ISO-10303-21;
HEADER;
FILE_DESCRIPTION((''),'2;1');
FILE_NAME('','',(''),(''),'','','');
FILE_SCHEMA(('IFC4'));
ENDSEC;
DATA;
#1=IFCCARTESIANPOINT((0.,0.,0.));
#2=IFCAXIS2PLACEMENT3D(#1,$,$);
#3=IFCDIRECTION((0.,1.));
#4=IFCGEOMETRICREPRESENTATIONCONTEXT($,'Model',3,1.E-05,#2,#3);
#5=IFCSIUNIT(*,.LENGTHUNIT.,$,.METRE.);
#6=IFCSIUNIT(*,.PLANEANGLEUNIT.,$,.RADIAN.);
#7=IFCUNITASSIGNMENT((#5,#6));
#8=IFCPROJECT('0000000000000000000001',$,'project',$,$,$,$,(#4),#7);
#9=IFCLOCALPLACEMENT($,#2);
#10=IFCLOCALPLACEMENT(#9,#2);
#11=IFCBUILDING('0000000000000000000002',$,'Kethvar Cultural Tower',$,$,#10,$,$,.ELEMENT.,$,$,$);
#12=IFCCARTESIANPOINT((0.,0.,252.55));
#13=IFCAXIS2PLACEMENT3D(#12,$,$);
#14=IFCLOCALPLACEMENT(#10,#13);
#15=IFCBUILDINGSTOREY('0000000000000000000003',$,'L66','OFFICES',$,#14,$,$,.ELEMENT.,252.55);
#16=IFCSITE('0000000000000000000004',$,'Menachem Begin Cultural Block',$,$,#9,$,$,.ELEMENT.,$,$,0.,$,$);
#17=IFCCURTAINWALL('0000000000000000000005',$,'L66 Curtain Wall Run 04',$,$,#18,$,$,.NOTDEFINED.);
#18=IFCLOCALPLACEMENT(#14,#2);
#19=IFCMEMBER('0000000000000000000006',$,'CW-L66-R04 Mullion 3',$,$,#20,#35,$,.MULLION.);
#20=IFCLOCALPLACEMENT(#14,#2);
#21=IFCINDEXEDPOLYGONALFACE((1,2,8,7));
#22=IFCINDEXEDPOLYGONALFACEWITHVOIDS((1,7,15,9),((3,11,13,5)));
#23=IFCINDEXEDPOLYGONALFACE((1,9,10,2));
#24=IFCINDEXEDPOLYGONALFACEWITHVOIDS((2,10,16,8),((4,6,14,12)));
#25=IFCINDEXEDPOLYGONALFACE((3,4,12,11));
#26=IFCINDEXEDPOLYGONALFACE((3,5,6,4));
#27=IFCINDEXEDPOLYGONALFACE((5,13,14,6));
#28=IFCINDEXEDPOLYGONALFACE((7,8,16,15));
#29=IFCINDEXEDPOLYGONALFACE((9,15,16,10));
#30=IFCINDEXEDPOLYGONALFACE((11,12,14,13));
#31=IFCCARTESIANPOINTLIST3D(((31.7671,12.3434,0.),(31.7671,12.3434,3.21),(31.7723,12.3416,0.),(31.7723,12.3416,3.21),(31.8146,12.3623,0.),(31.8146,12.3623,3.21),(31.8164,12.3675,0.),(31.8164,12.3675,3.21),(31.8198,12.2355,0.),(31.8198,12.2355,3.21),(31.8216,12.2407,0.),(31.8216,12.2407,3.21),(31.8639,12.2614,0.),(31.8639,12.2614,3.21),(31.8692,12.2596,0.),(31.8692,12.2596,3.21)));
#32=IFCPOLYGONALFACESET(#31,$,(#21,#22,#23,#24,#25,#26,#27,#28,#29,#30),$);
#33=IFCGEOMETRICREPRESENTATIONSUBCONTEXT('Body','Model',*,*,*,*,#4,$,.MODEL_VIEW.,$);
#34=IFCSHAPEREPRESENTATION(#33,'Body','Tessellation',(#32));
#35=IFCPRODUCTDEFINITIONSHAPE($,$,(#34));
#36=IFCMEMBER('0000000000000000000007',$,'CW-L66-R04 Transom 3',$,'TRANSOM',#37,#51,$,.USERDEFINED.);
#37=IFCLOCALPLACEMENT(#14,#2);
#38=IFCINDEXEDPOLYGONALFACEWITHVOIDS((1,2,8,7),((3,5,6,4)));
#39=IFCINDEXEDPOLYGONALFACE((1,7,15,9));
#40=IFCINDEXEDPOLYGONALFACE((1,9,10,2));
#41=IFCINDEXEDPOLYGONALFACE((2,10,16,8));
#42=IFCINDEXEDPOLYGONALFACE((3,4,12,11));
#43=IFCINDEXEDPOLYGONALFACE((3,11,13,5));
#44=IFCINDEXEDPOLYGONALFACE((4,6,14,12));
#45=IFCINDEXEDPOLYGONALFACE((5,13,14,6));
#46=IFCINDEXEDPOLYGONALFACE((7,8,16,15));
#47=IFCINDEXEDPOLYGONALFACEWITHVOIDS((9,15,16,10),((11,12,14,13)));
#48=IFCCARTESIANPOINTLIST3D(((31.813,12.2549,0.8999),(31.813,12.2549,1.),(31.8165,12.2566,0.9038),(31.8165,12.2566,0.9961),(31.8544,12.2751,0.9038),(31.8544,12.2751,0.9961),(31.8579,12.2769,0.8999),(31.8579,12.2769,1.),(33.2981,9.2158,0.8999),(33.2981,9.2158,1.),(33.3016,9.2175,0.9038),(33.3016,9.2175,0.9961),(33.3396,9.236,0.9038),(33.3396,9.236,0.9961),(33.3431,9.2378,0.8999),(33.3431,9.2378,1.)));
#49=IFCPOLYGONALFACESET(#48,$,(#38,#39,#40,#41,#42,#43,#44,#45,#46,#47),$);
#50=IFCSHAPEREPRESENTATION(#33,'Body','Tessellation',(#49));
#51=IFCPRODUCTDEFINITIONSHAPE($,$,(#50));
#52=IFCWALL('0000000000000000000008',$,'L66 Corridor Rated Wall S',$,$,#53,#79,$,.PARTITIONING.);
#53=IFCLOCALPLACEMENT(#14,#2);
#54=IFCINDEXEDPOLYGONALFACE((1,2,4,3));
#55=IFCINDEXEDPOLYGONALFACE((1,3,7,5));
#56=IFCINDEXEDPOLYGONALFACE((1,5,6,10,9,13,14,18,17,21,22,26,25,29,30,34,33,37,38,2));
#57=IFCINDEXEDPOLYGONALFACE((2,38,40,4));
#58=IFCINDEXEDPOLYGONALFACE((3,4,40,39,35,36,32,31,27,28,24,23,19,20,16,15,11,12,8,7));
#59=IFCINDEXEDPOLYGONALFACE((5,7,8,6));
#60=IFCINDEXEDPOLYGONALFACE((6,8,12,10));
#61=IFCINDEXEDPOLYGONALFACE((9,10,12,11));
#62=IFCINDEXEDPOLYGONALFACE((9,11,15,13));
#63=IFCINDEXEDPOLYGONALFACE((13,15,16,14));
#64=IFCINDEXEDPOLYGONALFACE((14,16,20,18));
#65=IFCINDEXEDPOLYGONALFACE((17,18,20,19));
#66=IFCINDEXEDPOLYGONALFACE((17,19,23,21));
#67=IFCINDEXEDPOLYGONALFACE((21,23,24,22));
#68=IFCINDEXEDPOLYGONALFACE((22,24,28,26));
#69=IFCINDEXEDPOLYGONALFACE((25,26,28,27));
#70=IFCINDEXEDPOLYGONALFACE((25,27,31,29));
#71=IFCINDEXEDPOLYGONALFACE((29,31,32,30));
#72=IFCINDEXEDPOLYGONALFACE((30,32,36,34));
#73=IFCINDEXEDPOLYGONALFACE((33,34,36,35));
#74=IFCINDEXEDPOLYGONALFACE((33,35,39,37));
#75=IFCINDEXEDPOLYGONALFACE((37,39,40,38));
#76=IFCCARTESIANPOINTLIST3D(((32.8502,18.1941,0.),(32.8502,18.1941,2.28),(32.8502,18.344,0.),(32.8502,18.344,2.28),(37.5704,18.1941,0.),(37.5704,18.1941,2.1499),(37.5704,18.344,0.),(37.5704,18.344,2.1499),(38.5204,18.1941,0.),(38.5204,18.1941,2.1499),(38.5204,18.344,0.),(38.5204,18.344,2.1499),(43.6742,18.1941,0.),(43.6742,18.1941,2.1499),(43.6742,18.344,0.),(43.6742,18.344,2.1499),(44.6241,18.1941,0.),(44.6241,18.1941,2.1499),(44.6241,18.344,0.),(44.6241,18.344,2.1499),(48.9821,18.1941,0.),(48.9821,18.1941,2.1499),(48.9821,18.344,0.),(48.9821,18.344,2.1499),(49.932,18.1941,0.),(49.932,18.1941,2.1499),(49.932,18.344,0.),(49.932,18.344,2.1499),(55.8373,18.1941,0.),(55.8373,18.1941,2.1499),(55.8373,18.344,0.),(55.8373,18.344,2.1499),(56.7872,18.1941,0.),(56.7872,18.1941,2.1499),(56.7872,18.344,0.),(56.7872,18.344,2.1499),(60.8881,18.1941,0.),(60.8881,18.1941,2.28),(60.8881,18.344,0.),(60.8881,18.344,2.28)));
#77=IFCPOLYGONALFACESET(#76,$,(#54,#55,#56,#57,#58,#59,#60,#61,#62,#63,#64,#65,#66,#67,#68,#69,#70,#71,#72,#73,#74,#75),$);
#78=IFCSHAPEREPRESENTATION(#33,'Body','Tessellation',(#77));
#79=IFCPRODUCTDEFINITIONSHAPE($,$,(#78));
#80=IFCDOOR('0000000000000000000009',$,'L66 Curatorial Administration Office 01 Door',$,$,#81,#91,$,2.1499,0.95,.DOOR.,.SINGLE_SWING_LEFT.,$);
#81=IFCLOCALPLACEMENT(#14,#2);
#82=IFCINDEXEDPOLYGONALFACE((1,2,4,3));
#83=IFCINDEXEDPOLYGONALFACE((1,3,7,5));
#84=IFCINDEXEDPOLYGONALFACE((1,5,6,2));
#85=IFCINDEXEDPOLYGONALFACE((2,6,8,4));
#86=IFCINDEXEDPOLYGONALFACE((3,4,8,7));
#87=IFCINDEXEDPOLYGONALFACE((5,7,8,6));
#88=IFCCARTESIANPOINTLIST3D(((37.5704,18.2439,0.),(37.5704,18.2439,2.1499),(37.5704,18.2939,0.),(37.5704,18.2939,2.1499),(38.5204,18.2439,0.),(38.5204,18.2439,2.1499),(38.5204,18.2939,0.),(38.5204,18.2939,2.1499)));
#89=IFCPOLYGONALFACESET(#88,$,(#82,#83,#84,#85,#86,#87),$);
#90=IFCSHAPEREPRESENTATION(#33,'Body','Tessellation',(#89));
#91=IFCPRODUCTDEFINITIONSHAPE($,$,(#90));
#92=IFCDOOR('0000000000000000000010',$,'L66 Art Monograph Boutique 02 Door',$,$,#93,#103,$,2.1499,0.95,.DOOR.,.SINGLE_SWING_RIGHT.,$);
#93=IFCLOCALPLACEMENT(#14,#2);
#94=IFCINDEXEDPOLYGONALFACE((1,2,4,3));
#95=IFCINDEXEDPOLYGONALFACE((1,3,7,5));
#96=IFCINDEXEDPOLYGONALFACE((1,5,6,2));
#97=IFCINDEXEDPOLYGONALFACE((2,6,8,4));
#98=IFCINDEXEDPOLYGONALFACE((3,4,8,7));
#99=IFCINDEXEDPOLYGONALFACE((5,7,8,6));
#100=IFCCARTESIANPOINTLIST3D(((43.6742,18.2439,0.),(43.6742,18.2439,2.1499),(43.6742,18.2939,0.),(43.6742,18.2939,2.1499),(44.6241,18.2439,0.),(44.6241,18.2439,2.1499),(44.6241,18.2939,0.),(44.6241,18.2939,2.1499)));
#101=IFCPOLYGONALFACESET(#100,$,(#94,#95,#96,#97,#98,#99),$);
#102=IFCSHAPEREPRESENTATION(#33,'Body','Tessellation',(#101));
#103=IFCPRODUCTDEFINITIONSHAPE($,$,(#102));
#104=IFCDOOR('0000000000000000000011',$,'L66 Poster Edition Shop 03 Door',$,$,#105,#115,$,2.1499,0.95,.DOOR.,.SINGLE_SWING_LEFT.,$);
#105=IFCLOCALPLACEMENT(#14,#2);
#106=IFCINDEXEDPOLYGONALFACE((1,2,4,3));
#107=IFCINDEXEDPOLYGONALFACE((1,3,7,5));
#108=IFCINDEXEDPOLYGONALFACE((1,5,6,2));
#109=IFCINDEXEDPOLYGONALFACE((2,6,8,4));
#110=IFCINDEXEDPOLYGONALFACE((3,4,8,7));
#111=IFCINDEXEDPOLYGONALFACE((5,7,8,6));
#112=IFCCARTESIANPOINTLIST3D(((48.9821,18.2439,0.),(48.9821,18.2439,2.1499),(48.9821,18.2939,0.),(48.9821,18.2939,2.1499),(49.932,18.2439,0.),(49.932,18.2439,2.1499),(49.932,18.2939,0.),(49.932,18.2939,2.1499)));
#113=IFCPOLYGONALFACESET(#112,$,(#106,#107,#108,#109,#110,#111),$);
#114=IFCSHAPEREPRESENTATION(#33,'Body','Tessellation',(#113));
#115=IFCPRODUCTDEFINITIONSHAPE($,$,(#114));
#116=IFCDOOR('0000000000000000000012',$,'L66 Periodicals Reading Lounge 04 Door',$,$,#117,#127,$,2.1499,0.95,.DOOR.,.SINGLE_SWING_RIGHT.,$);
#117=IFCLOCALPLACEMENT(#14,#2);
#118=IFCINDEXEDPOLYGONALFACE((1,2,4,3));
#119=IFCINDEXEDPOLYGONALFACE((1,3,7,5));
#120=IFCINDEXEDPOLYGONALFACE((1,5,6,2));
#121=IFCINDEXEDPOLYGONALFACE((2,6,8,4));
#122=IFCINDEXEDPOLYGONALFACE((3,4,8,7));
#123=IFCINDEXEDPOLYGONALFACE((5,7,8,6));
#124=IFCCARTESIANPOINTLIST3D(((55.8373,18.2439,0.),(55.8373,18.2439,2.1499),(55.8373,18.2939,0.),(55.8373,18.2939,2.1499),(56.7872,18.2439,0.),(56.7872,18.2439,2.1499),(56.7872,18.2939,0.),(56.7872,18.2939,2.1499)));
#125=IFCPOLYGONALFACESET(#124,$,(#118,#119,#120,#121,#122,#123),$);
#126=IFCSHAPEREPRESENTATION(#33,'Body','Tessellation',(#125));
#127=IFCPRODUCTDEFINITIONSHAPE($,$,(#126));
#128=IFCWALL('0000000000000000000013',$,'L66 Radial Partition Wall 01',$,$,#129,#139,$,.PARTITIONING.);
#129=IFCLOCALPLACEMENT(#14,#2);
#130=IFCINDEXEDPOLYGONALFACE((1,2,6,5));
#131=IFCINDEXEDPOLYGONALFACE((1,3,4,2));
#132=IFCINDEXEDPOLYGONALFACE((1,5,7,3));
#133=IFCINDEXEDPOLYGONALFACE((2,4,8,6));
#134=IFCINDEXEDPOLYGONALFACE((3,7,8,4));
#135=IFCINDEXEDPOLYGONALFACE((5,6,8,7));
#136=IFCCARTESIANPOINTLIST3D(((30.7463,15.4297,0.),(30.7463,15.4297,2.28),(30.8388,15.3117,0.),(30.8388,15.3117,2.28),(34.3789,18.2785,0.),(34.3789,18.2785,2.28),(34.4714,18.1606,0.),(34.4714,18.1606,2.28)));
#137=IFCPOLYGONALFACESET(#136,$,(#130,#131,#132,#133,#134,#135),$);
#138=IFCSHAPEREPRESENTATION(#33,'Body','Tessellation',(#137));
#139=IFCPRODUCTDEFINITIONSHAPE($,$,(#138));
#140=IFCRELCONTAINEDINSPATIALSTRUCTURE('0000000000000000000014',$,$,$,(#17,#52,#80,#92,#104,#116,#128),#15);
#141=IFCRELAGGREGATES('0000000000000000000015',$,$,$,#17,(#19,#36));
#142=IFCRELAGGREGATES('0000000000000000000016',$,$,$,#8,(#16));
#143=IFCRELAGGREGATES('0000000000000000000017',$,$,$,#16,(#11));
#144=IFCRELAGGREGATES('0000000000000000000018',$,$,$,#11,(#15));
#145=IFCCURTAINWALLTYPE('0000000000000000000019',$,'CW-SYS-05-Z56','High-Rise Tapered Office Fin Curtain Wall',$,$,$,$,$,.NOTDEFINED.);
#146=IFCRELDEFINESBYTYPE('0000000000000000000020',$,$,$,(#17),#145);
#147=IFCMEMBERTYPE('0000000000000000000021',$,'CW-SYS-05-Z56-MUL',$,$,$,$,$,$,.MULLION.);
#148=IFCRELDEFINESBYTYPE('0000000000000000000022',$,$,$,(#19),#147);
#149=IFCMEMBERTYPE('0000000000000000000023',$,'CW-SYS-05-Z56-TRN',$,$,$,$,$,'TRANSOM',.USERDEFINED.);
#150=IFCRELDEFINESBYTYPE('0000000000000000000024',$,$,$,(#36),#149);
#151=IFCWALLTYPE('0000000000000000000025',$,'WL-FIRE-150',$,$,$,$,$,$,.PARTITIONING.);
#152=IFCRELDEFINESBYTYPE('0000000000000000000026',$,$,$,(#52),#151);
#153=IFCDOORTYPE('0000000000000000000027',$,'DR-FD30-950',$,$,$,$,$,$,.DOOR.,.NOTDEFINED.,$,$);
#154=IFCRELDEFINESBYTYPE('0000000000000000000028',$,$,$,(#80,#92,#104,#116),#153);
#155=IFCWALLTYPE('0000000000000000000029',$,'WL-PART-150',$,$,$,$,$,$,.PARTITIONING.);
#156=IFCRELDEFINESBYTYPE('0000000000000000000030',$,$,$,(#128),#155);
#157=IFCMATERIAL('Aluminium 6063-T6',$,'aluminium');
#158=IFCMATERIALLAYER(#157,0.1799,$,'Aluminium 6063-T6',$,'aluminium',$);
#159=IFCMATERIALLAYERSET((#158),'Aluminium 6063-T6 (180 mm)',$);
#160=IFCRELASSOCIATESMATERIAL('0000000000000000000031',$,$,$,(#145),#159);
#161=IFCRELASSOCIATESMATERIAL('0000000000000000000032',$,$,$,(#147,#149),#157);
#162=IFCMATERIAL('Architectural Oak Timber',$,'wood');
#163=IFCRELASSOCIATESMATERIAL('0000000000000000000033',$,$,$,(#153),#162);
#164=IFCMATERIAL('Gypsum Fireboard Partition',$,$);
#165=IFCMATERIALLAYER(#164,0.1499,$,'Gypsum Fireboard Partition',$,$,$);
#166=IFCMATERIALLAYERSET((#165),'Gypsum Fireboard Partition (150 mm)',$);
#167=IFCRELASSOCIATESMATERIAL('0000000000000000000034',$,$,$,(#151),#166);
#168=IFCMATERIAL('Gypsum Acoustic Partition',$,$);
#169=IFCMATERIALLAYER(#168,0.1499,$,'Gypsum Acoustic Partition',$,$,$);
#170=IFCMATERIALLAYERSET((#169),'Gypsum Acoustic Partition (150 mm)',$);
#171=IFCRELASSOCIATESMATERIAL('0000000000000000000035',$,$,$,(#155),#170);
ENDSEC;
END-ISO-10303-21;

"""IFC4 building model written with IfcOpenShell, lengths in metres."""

from ifc_helpers import new_model, si_unit, direction, frame, frame_2d, origin, origin_2d, place, context, subcontext, project, spatial, rectangle, hollow_rectangle, extrude, source, transform, mapped, material, layer, layer_set, material_profile, profile_set, type_object, element, fill, aggregate, save


model = new_model("IFC4")

# Units and contexts
model_context = context("Model", 3, precision=1e-05, world=origin(), true_north=direction((0.0, 1.0)))
body_context = subcontext(model_context, "Body", "Model", "MODEL_VIEW")
ifc_project = project(units=[si_unit("LENGTHUNIT", "METRE"), si_unit("PLANEANGLEUNIT", "RADIAN")], contexts=[model_context])

# Site, building, storey
site_placement = place(None, origin())
site = spatial("IfcSite", under=ifc_project, at=site_placement, Name="Menachem Begin Cultural Block", CompositionType="ELEMENT", RefElevation=0.0)
building_placement = place(site_placement, origin())
building = spatial("IfcBuilding", under=site, at=building_placement, Name="Kethvar Cultural Tower", CompositionType="ELEMENT")
storey_placement = place(building_placement, frame((0.0, 0.0, 252.55)))
storey = spatial("IfcBuildingStorey", under=building, at=storey_placement, Name="L66", Description="OFFICES", CompositionType="ELEMENT", Elevation=252.55)

# Curtain wall, members
ifc_material_1 = material(Name="Aluminium 6063-T6", Category="aluminium")
ifc_layer_1 = layer(ifc_material_1, 0.1799, Name="Aluminium 6063-T6", Category="aluminium")
ifc_layer_set_1 = layer_set([ifc_layer_1], Name="Aluminium 6063-T6 (180 mm)")
curtain_wall_type = type_object("IfcCurtainWallType", Name="CW-SYS-05-Z56", Description="High-Rise Tapered Office Fin Curtain Wall", PredefinedType="NOTDEFINED", material=ifc_layer_set_1)
curtain_wall_placement = place(storey_placement, origin())
curtain_wall = element("IfcCurtainWall", 1, at=curtain_wall_placement, inside=storey, type_object=curtain_wall_type, Name="L66 Curtain Wall Run 04", PredefinedType="NOTDEFINED")
ifc_material_profile_1 = material_profile(ifc_material_1, hollow_rectangle(XDim=0.0549, YDim=0.1201, WallThickness=0.0039, at=origin_2d()), Name="Aluminium 6063-T6 — RHS120x55x4")
ifc_profile_set_1 = profile_set([ifc_material_profile_1], Name="Aluminium 6063-T6 — RHS120x55x4")
member_type_1 = type_object("IfcMemberType", Name="CW-SYS-05-Z56-MUL", PredefinedType="MULLION", material=ifc_profile_set_1)
shared_shape_1 = source(origin(), body_context, "Body", "SweptSolid", [
    extrude(hollow_rectangle(XDim=0.0549, YDim=0.1201, WallThickness=0.0039, at=origin_2d()), origin(), (0.0, 0.0, 1.0), 3.21),
])
member_1_placement = place(storey_placement, frame((31.8181, 12.3015, 0.0), z_axis=(0.0, 0.0, 1.0), x_axis=(0.898488, 0.438999, 0.0)))
member_1 = element("IfcMember", 2, at=member_1_placement, type_object=member_type_1, Name="CW-L66-R04 Mullion 3", PredefinedType="MULLION", context=body_context, shape_type="MappedRepresentation", body=[
    mapped(shared_shape_1, transform((0.0, 0.0, 0.0), scale=1.0)),
])
ifc_material_profile_2 = material_profile(ifc_material_1, hollow_rectangle(XDim=0.05, YDim=0.1001, WallThickness=0.0039, at=origin_2d()), Name="Aluminium 6063-T6 — RHS100x50x4")
ifc_profile_set_2 = profile_set([ifc_material_profile_2], Name="Aluminium 6063-T6 — RHS100x50x4")
member_type_2 = type_object("IfcMemberType", Name="CW-SYS-05-Z56-TRN", ElementType="TRANSOM", PredefinedType="USERDEFINED", material=ifc_profile_set_2)
shared_shape_2 = source(origin(), body_context, "Body", "SweptSolid", [
    extrude(hollow_rectangle(XDim=0.05, YDim=0.1001, WallThickness=0.0039, at=origin_2d()), origin(), (0.0, 0.0, 1.0), 3.3826),
])
member_2_placement = place(storey_placement, frame((31.8354, 12.2659, 0.95), z_axis=(0.439053, -0.898461, 0.0), x_axis=(0.898461, 0.439053, 0.0)))
member_2 = element("IfcMember", 3, at=member_2_placement, type_object=member_type_2, Name="CW-L66-R04 Transom 3", ObjectType="TRANSOM", PredefinedType="USERDEFINED", context=body_context, shape_type="MappedRepresentation", body=[
    mapped(shared_shape_2, transform((0.0, 0.0, 0.0), scale=1.0)),
])
aggregate(curtain_wall, [member_1, member_2])

# Wall, openings, doors
ifc_material_2 = material(Name="Architectural Oak Timber", Category="wood")
door_type_1 = type_object("IfcDoorType", Name="DR-FD30-950", OperationType="NOTDEFINED", PredefinedType="DOOR", material=ifc_material_2)
shared_shape_3 = source(origin(), body_context, "Body", "SweptSolid", [
    extrude(rectangle(XDim=0.95, YDim=2.1499, at=frame_2d((0.4751, 1.075))), frame((0.0, 0.0249, 0.0), z_axis=(0.0, -1.0, 0.0), x_axis=(1.0, 0.0, 0.0)), (0.0, 0.0, 1.0), 0.05),
])
ifc_material_3 = material(Name="Gypsum Fireboard Partition")
ifc_layer_2 = layer(ifc_material_3, 0.1499, Name="Gypsum Fireboard Partition")
ifc_layer_set_2 = layer_set([ifc_layer_2], Name="Gypsum Fireboard Partition (150 mm)")
wall_type_1 = type_object("IfcWallType", Name="WL-FIRE-150", PredefinedType="PARTITIONING", material=ifc_layer_set_2)
wall_1_placement = place(storey_placement, frame((32.8501, 18.269, 0.0), z_axis=(0.0, 0.0, 1.0), x_axis=(1.0, 0.0, 0.0)))
wall_1 = element("IfcWall", 4, at=wall_1_placement, inside=storey, type_object=wall_type_1, Name="L66 Corridor Rated Wall S", PredefinedType="PARTITIONING", context=body_context, shape_type="SweptSolid", body=[
    extrude(rectangle(XDim=28.0378, YDim=0.1499, at=frame_2d((14.019, 0.0))), origin(), (0.0, 0.0, 1.0), 2.28),
])
opening_1_placement = place(wall_1_placement, frame((4.7202, 0.0, 0.0)))
opening_1 = element("IfcOpeningElement", 5, at=opening_1_placement, cuts=wall_1, PredefinedType="OPENING", context=body_context, shape_type="SweptSolid", body=[
    extrude(rectangle(XDim=0.95, YDim=2.1499, at=frame_2d((0.4751, 1.075))), frame((0.0, 0.085, 0.0), z_axis=(0.0, -1.0, 0.0), x_axis=(1.0, 0.0, 0.0)), (0.0, 0.0, 1.0), 0.1699),
])
opening_2_placement = place(wall_1_placement, frame((10.824, 0.0, 0.0)))
opening_2 = element("IfcOpeningElement", 6, at=opening_2_placement, cuts=wall_1, PredefinedType="OPENING", context=body_context, shape_type="SweptSolid", body=[
    extrude(rectangle(XDim=0.95, YDim=2.1499, at=frame_2d((0.4751, 1.075))), frame((0.0, 0.085, 0.0), z_axis=(0.0, -1.0, 0.0), x_axis=(1.0, 0.0, 0.0)), (0.0, 0.0, 1.0), 0.1699),
])
opening_3_placement = place(wall_1_placement, frame((16.1318, 0.0, 0.0)))
opening_3 = element("IfcOpeningElement", 7, at=opening_3_placement, cuts=wall_1, PredefinedType="OPENING", context=body_context, shape_type="SweptSolid", body=[
    extrude(rectangle(XDim=0.95, YDim=2.1499, at=frame_2d((0.4751, 1.075))), frame((0.0, 0.085, 0.0), z_axis=(0.0, -1.0, 0.0), x_axis=(1.0, 0.0, 0.0)), (0.0, 0.0, 1.0), 0.1699),
])
opening_4_placement = place(wall_1_placement, frame((22.9871, 0.0, 0.0)))
opening_4 = element("IfcOpeningElement", 8, at=opening_4_placement, cuts=wall_1, PredefinedType="OPENING", context=body_context, shape_type="SweptSolid", body=[
    extrude(rectangle(XDim=0.95, YDim=2.1499, at=frame_2d((0.4751, 1.075))), frame((0.0, 0.085, 0.0), z_axis=(0.0, -1.0, 0.0), x_axis=(1.0, 0.0, 0.0)), (0.0, 0.0, 1.0), 0.1699),
])
door_1_placement = place(opening_1_placement, origin())
door_1 = element("IfcDoor", 9, at=door_1_placement, inside=storey, type_object=door_type_1, Name="L66 Curatorial Administration Office 01 Door", OperationType="SINGLE_SWING_LEFT", OverallHeight=2.1499, OverallWidth=0.95, PredefinedType="DOOR", context=body_context, shape_type="MappedRepresentation", body=[
    mapped(shared_shape_3, transform((0.0, 0.0, 0.0), scale=1.0)),
])
fill(opening_1, door_1)
door_2_placement = place(opening_2_placement, origin())
door_2 = element("IfcDoor", 10, at=door_2_placement, inside=storey, type_object=door_type_1, Name="L66 Art Monograph Boutique 02 Door", OperationType="SINGLE_SWING_RIGHT", OverallHeight=2.1499, OverallWidth=0.95, PredefinedType="DOOR", context=body_context, shape_type="MappedRepresentation", body=[
    mapped(shared_shape_3, transform((0.0, 0.0, 0.0), scale=1.0)),
])
fill(opening_2, door_2)
door_3_placement = place(opening_3_placement, origin())
door_3 = element("IfcDoor", 11, at=door_3_placement, inside=storey, type_object=door_type_1, Name="L66 Poster Edition Shop 03 Door", OperationType="SINGLE_SWING_LEFT", OverallHeight=2.1499, OverallWidth=0.95, PredefinedType="DOOR", context=body_context, shape_type="MappedRepresentation", body=[
    mapped(shared_shape_3, transform((0.0, 0.0, 0.0), scale=1.0)),
])
fill(opening_3, door_3)
door_4_placement = place(opening_4_placement, origin())
door_4 = element("IfcDoor", 12, at=door_4_placement, inside=storey, type_object=door_type_1, Name="L66 Periodicals Reading Lounge 04 Door", OperationType="SINGLE_SWING_RIGHT", OverallHeight=2.1499, OverallWidth=0.95, PredefinedType="DOOR", context=body_context, shape_type="MappedRepresentation", body=[
    mapped(shared_shape_3, transform((0.0, 0.0, 0.0), scale=1.0)),
])
fill(opening_4, door_4)

# Wall
ifc_material_4 = material(Name="Gypsum Acoustic Partition")
ifc_layer_3 = layer(ifc_material_4, 0.1499, Name="Gypsum Acoustic Partition")
ifc_layer_set_3 = layer_set([ifc_layer_3], Name="Gypsum Acoustic Partition (150 mm)")
wall_type_2 = type_object("IfcWallType", Name="WL-PART-150", PredefinedType="PARTITIONING", material=ifc_layer_set_3)
wall_2_placement = place(storey_placement, frame((34.425, 18.2195, 0.0), z_axis=(0.0, 0.0, 1.0), x_axis=(-0.786874, -0.617114, 0.0)))
element("IfcWall", 13, at=wall_2_placement, inside=storey, type_object=wall_type_2, Name="L66 Radial Partition Wall 01", PredefinedType="PARTITIONING", context=body_context, shape_type="SweptSolid", body=[
    extrude(rectangle(XDim=4.6165, YDim=0.1499, at=frame_2d((2.3081, 0.0))), origin(), (0.0, 0.0, 1.0), 2.28),
])

save(model, "model.ifc")
